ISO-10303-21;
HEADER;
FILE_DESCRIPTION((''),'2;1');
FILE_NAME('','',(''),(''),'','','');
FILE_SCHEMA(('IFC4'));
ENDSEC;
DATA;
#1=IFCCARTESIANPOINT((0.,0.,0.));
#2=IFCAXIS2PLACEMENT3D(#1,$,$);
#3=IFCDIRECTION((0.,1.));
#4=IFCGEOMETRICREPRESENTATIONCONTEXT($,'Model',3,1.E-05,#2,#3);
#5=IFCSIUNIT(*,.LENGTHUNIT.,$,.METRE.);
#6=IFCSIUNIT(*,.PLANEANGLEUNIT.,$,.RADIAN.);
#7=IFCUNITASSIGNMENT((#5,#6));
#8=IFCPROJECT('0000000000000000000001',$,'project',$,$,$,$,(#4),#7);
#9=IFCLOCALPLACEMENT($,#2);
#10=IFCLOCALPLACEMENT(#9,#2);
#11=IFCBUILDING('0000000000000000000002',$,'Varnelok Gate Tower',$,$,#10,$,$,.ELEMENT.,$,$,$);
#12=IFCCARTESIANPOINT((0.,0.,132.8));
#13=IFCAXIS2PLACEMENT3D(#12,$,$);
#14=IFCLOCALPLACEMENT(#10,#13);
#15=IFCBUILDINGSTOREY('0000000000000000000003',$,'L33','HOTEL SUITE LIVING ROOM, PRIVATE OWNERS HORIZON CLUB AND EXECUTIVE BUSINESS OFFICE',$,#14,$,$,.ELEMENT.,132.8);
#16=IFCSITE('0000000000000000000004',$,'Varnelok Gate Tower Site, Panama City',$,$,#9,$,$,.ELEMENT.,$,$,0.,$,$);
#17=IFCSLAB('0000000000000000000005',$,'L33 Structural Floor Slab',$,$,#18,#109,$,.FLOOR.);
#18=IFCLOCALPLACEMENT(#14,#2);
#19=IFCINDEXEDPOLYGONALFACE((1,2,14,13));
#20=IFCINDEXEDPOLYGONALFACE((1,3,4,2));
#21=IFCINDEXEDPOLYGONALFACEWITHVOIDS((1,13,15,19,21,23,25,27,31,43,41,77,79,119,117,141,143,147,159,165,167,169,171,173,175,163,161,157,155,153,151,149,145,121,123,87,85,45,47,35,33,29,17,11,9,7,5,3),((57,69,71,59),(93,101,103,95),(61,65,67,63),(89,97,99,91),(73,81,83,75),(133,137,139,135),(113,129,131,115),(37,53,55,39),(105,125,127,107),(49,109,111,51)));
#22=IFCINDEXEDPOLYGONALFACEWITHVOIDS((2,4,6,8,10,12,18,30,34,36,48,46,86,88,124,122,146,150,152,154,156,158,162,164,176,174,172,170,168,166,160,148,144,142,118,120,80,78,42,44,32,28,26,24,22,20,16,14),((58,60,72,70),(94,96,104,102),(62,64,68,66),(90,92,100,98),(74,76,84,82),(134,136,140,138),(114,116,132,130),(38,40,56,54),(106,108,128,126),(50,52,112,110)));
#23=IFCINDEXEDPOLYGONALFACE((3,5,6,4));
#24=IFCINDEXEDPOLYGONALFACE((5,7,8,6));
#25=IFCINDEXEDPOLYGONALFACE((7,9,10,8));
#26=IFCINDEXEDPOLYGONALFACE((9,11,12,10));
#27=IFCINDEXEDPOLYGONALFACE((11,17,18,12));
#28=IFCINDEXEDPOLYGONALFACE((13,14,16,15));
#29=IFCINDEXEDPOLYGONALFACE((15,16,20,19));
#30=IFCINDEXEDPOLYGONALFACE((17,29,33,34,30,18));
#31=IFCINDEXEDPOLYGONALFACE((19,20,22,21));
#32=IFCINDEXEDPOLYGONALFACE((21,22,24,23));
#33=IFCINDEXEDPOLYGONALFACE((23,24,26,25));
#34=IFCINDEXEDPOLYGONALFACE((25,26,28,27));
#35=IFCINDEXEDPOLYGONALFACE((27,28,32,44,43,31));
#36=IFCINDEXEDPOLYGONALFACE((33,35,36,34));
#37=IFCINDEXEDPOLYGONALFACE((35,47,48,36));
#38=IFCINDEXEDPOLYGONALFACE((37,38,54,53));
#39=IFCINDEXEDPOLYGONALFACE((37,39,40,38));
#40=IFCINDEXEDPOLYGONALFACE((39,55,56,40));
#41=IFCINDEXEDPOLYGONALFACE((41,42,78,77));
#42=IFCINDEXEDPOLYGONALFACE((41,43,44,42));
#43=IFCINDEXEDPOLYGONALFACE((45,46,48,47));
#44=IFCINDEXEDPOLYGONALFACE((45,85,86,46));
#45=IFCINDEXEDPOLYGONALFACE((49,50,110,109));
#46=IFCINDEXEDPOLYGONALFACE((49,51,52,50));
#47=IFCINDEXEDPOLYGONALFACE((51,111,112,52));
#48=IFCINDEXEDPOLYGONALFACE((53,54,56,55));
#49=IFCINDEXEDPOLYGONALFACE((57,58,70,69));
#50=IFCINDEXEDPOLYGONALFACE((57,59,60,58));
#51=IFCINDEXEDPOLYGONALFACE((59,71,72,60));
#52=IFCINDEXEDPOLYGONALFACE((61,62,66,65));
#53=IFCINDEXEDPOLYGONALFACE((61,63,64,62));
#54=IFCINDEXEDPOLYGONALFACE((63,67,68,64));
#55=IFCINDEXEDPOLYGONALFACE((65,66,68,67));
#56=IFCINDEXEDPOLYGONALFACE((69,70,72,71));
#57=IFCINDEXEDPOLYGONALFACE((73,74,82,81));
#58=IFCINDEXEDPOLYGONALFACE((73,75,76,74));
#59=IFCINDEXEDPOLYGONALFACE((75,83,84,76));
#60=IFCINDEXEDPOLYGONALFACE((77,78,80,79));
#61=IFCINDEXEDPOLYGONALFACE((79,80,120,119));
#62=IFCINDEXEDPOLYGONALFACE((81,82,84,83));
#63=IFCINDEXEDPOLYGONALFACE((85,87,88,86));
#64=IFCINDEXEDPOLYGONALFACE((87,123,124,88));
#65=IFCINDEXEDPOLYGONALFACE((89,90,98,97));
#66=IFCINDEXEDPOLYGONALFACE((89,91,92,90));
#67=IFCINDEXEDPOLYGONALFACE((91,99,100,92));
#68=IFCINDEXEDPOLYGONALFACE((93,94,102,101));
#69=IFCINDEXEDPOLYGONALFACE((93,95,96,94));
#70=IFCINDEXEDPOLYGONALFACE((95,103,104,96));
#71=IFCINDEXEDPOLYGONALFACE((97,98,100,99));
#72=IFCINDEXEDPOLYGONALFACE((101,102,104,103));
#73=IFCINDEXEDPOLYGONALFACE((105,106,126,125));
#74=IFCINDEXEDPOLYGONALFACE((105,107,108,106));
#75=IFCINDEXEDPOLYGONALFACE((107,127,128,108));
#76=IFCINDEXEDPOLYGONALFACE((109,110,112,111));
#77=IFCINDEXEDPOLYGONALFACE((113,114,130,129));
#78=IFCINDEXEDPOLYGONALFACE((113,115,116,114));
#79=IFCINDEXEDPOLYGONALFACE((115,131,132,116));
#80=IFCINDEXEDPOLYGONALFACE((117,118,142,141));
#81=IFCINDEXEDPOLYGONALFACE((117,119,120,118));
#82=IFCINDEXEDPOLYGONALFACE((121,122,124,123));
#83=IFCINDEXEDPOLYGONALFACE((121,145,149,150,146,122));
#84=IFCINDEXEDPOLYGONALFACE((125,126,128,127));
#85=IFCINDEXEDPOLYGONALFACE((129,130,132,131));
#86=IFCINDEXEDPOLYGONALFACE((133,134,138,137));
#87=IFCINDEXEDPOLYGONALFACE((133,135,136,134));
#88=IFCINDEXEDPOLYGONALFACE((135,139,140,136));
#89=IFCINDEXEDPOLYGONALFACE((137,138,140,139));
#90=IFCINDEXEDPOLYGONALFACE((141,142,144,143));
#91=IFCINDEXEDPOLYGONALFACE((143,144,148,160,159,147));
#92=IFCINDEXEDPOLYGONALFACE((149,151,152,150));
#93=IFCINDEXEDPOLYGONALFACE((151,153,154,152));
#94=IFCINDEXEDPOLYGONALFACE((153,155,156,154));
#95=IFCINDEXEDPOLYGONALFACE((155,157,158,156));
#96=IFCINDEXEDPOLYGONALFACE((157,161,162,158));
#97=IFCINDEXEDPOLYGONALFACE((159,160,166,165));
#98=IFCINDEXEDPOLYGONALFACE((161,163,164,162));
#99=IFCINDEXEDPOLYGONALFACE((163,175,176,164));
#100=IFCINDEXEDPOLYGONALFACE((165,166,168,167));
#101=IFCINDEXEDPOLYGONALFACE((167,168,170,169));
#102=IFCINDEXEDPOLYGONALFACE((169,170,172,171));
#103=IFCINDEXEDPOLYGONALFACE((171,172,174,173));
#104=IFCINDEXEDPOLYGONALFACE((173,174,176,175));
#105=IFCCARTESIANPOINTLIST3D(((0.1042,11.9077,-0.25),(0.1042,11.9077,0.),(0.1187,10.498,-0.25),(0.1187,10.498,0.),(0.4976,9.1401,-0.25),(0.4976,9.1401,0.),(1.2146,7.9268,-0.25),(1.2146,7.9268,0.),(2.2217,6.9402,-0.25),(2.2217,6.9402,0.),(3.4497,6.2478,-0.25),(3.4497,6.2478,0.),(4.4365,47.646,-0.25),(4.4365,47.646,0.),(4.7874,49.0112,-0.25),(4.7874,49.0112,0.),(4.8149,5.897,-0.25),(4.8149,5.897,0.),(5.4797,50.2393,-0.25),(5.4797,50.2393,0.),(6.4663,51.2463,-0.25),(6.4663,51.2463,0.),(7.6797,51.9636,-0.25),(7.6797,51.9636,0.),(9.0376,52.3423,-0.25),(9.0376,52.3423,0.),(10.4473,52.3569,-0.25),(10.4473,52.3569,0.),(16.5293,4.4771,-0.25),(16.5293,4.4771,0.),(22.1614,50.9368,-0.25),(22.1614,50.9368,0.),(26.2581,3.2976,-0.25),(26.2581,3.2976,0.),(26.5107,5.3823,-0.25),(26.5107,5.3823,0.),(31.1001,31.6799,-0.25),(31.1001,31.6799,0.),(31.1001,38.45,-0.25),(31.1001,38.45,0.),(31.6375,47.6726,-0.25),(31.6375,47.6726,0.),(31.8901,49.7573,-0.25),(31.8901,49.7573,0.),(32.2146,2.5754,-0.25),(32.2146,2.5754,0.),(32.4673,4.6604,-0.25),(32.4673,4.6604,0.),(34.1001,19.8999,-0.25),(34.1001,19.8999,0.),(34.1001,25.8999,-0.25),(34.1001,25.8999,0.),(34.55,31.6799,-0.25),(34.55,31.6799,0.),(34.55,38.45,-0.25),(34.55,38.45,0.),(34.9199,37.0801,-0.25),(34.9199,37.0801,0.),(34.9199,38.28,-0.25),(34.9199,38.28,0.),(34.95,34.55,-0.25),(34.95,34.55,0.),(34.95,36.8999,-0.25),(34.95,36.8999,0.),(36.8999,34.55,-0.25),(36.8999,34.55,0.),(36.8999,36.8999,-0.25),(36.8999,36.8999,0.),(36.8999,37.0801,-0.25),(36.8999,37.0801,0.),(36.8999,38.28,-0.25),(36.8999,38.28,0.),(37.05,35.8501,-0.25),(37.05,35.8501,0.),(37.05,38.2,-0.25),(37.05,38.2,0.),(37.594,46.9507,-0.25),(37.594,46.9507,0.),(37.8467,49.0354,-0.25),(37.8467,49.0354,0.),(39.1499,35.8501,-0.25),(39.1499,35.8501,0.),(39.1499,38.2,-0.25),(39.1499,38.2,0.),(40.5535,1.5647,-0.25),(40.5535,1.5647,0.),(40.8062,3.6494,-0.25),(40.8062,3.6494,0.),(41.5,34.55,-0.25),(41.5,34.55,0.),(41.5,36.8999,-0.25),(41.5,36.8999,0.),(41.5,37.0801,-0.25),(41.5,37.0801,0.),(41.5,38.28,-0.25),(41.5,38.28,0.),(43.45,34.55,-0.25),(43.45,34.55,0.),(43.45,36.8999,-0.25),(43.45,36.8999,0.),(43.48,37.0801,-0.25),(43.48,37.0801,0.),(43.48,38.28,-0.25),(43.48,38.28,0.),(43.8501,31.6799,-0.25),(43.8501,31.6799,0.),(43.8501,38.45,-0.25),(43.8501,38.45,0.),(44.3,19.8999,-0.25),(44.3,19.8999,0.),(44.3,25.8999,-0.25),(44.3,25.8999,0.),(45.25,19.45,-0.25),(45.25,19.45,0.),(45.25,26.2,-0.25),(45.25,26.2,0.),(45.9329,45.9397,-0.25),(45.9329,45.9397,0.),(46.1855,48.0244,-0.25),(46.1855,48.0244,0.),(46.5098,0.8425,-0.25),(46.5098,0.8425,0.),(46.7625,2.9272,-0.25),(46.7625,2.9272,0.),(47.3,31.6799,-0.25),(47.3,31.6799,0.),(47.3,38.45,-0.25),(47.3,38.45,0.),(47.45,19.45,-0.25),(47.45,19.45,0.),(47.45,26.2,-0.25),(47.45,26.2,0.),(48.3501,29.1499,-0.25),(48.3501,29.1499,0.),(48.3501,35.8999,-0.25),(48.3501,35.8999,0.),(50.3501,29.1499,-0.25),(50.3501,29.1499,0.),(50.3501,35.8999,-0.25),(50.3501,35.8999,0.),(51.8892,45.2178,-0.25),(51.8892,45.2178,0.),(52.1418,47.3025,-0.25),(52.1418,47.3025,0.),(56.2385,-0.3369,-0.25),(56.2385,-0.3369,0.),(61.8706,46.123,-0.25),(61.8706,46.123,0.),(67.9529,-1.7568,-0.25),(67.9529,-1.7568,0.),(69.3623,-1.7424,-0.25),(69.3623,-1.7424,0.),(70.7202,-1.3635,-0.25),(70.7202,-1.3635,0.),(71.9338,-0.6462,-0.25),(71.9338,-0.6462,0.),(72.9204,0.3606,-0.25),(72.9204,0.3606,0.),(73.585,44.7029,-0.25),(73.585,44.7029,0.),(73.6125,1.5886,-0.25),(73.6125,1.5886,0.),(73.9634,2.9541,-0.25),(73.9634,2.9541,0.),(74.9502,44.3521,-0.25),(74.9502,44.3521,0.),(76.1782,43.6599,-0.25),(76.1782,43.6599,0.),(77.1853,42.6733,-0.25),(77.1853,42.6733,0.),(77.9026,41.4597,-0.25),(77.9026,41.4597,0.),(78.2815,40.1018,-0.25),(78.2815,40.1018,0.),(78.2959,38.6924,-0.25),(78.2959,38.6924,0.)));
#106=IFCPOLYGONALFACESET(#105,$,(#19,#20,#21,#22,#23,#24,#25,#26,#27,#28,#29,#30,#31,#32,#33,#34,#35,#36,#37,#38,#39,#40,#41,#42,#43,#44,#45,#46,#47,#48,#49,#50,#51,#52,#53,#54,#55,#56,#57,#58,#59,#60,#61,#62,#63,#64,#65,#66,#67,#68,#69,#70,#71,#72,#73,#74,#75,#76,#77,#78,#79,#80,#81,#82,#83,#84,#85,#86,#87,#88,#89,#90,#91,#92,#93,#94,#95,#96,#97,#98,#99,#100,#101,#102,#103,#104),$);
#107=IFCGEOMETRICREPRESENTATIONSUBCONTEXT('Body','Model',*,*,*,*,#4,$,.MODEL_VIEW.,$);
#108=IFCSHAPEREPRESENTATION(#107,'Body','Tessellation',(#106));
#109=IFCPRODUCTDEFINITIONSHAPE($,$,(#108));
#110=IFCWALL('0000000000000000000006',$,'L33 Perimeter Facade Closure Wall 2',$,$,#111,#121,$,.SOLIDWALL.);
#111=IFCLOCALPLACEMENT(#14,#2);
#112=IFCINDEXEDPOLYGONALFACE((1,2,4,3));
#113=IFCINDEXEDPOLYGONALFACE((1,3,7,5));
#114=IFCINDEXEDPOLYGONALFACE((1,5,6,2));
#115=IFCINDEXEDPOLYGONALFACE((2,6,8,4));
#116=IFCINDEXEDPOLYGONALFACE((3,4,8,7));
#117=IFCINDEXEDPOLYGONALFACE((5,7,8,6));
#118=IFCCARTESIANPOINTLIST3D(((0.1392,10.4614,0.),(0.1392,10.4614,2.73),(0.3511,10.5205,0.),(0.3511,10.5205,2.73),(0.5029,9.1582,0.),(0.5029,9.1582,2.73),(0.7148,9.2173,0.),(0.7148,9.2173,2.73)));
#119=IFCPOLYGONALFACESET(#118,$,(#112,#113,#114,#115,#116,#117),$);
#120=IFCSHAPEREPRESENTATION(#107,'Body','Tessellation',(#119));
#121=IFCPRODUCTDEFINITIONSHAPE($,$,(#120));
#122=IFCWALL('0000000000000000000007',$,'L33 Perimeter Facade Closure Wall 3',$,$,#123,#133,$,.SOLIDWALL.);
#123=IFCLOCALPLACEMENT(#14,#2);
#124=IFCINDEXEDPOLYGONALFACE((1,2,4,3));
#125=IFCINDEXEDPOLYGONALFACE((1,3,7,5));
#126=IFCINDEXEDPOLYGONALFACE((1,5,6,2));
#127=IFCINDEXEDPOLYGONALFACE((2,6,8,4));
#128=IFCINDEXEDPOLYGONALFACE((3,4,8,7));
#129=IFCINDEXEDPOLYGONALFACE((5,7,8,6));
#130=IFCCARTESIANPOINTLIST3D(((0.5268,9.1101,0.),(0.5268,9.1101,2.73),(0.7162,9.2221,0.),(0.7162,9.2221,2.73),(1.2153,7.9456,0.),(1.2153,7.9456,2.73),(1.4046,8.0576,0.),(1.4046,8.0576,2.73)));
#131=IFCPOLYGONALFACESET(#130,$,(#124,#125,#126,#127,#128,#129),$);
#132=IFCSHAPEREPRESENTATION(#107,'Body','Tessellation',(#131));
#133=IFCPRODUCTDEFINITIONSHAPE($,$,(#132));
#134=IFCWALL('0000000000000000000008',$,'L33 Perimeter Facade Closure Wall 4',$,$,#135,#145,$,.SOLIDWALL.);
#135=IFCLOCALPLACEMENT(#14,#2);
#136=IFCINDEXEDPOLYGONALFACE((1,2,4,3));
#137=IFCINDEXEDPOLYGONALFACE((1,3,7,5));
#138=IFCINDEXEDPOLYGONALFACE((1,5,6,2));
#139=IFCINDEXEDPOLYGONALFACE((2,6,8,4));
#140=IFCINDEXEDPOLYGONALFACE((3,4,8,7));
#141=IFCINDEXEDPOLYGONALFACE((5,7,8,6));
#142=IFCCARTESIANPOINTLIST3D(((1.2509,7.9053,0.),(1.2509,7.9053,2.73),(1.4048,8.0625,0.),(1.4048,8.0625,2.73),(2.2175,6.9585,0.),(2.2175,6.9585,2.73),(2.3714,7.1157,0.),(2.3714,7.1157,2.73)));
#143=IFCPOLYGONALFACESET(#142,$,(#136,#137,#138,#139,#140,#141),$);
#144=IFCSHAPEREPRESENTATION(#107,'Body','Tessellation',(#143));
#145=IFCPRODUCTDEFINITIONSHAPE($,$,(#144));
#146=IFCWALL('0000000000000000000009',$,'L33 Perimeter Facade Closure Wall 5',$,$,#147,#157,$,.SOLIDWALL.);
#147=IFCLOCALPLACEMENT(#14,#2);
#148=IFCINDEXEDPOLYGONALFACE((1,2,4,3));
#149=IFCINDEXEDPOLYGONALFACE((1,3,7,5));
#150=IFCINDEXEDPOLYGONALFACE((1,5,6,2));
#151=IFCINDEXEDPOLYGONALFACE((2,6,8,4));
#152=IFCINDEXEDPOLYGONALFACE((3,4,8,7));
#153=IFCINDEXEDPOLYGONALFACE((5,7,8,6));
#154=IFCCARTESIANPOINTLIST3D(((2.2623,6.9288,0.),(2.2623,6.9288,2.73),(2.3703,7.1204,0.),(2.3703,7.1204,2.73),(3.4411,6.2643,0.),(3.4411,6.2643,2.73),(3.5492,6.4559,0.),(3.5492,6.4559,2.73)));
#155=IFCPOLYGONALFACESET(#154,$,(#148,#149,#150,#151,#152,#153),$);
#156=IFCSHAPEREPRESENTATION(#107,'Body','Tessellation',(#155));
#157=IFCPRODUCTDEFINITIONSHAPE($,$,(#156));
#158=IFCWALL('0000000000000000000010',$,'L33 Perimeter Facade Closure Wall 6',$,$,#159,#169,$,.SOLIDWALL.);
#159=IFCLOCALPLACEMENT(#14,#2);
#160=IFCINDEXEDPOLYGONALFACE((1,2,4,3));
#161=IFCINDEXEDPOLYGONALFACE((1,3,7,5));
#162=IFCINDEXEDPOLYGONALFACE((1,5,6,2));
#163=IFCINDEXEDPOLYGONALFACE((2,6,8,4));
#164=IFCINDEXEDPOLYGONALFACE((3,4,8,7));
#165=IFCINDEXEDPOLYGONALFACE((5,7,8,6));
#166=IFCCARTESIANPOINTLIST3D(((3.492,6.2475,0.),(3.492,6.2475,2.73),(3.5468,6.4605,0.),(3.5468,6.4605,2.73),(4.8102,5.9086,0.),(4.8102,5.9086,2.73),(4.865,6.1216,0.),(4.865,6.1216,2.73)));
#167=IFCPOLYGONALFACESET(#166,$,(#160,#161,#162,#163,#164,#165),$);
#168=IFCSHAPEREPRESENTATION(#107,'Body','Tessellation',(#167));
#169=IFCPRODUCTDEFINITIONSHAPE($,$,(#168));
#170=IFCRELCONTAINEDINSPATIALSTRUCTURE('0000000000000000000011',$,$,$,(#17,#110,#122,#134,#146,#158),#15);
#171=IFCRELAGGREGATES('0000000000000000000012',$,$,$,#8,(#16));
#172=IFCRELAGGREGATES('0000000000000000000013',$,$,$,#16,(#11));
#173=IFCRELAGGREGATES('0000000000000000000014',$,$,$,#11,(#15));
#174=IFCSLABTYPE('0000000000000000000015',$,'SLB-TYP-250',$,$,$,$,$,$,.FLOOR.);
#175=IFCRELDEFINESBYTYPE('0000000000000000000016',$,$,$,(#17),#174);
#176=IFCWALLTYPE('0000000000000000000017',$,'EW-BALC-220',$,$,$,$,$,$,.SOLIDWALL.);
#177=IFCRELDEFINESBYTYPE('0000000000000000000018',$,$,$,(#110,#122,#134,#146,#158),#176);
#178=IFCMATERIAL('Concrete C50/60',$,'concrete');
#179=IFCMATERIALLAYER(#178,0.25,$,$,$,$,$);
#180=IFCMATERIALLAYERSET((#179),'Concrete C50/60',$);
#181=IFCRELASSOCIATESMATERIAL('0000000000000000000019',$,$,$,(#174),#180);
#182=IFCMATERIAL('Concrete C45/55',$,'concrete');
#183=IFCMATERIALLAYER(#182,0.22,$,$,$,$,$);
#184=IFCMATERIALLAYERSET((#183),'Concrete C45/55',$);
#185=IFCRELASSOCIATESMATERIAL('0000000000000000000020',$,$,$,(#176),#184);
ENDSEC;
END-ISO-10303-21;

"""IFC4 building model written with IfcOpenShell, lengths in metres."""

from ifc_helpers import new_model, si_unit, direction, frame, frame_2d, origin, place, context, subcontext, project, spatial, polyline, rectangle, outline, extrude, material, layer, layer_set, type_object, element, save


model = new_model("IFC4")

# Units and contexts
model_context = context("Model", 3, precision=1e-05, world=origin(), true_north=direction((0.0, 1.0)))
body_context = subcontext(model_context, "Body", "Model", "MODEL_VIEW")
ifc_project = project(units=[si_unit("LENGTHUNIT", "METRE"), si_unit("PLANEANGLEUNIT", "RADIAN")], contexts=[model_context])

# Site, building, storey
site_placement = place(None, origin())
site = spatial("IfcSite", under=ifc_project, at=site_placement, Name="Varnelok Gate Tower Site, Panama City", CompositionType="ELEMENT", RefElevation=0.0)
building_placement = place(site_placement, origin())
building = spatial("IfcBuilding", under=site, at=building_placement, Name="Varnelok Gate Tower", CompositionType="ELEMENT")
storey_placement = place(building_placement, frame((0.0, 0.0, 132.8)))
storey = spatial("IfcBuildingStorey", under=building, at=storey_placement, Name="L33", Description="HOTEL SUITE LIVING ROOM, PRIVATE OWNERS HORIZON CLUB AND EXECUTIVE BUSINESS OFFICE", CompositionType="ELEMENT", Elevation=132.8)

# Shared definitions
ifc_material_1 = material(Name="Concrete C45/55", Category="concrete")

# Shared definitions
ifc_material_2 = material(Name="Concrete C50/60", Category="concrete")

# Slab
ifc_layer_1 = layer(ifc_material_2, 0.25)
ifc_layer_set_1 = layer_set([ifc_layer_1], Name="Concrete C50/60")
slab_type_1 = type_object("IfcSlabType", Name="SLB-TYP-250", PredefinedType="FLOOR", material=ifc_layer_set_1)
slab_1_placement = place(storey_placement, frame((0.0, 0.0, -0.25)))
element("IfcSlab", 1, at=slab_1_placement, inside=storey, type_object=slab_type_1, Name="L33 Structural Floor Slab", PredefinedType="FLOOR", context=body_context, shape_type="SweptSolid", body=[
    extrude(outline(polyline([(0.1042, 11.9077), (0.1187, 10.498), (0.4976, 9.1401), (1.2146, 7.9268), (2.2217, 6.9402), (3.4497, 6.2478), (4.8149, 5.897), (16.5293, 4.4771), (26.2581, 3.2976), (26.5107, 5.3823), (32.4673, 4.6604), (32.2146, 2.5754), (40.5535, 1.5647), (40.8062, 3.6494), (46.7625, 2.9272), (46.5098, 0.8425), (56.2385, -0.3369), (67.9529, -1.7568), (69.3623, -1.7424), (70.7202, -1.3635), (71.9338, -0.6462), (72.9204, 0.3606), (73.6125, 1.5886), (73.9634, 2.9541), (78.2959, 38.6924), (78.2815, 40.1018), (77.9026, 41.4597), (77.1853, 42.6733), (76.1782, 43.6599), (74.9502, 44.3521), (73.585, 44.7029), (61.8706, 46.123), (52.1418, 47.3025), (51.8892, 45.2178), (45.9329, 45.9397), (46.1855, 48.0244), (37.8467, 49.0354), (37.594, 46.9507), (31.6375, 47.6726), (31.8901, 49.7573), (22.1614, 50.9368), (10.4473, 52.3569), (9.0376, 52.3423), (7.6797, 51.9636), (6.4663, 51.2463), (5.4797, 50.2393), (4.7874, 49.0112), (4.4365, 47.646), (0.1042, 11.9077)]), holes=[polyline([(34.55, 31.6799), (34.55, 38.45), (31.1001, 38.45), (31.1001, 31.6799), (34.55, 31.6799)]), polyline([(47.3, 31.6799), (47.3, 38.45), (43.8501, 38.45), (43.8501, 31.6799), (47.3, 31.6799)]), polyline([(34.95, 34.55), (36.8999, 34.55), (36.8999, 36.8999), (34.95, 36.8999), (34.95, 34.55)]), polyline([(41.5, 34.55), (43.45, 34.55), (43.45, 36.8999), (41.5, 36.8999), (41.5, 34.55)]), polyline([(37.05, 35.8501), (39.1499, 35.8501), (39.1499, 38.2), (37.05, 38.2), (37.05, 35.8501)]), polyline([(48.3501, 29.1499), (50.3501, 29.1499), (50.3501, 35.8999), (48.3501, 35.8999), (48.3501, 29.1499)]), polyline([(45.25, 19.45), (47.45, 19.45), (47.45, 26.2), (45.25, 26.2), (45.25, 19.45)]), polyline([(34.9199, 37.0801), (36.8999, 37.0801), (36.8999, 38.28), (34.9199, 38.28), (34.9199, 37.0801)]), polyline([(41.5, 37.0801), (43.48, 37.0801), (43.48, 38.28), (41.5, 38.28), (41.5, 37.0801)]), polyline([(34.1001, 19.8999), (44.3, 19.8999), (44.3, 25.8999), (34.1001, 25.8999), (34.1001, 19.8999)])]), origin(), (0.0, 0.0, 1.0), 0.25),
])

# Walls
ifc_layer_2 = layer(ifc_material_1, 0.22)
ifc_layer_set_2 = layer_set([ifc_layer_2], Name="Concrete C45/55")
wall_type_1 = type_object("IfcWallType", Name="EW-BALC-220", PredefinedType="SOLIDWALL", material=ifc_layer_set_2)
wall_1_placement = place(storey_placement, frame((0.2451, 10.491, 0.0), z_axis=(0.0, 0.0, 1.0), x_axis=(0.268853, -0.963181, 0.0)))
element("IfcWall", 2, at=wall_1_placement, inside=storey, type_object=wall_type_1, Name="L33 Perimeter Facade Closure Wall 2", PredefinedType="SOLIDWALL", context=body_context, shape_type="SweptSolid", body=[
    extrude(rectangle(XDim=1.353, YDim=0.22, at=frame_2d((0.6765, 0.0))), origin(), (0.0, 0.0, 1.0), 2.73),
])
wall_2_placement = place(storey_placement, frame((0.6216, 9.166, 0.0), z_axis=(0.0, 0.0, 1.0), x_axis=(0.508912, -0.860819, 0.0)))
element("IfcWall", 3, at=wall_2_placement, inside=storey, type_object=wall_type_1, Name="L33 Perimeter Facade Closure Wall 3", PredefinedType="SOLIDWALL", context=body_context, shape_type="SweptSolid", body=[
    extrude(rectangle(XDim=1.3528, YDim=0.22, at=frame_2d((0.6763, 0.0))), origin(), (0.0, 0.0, 1.0), 2.73),
])
wall_3_placement = place(storey_placement, frame((1.3279, 7.9839, 0.0), z_axis=(0.0, 0.0, 1.0), x_axis=(0.714377, -0.699761, 0.0)))
element("IfcWall", 4, at=wall_3_placement, inside=storey, type_object=wall_type_1, Name="L33 Perimeter Facade Closure Wall 4", PredefinedType="SOLIDWALL", context=body_context, shape_type="SweptSolid", body=[
    extrude(rectangle(XDim=1.353, YDim=0.22, at=frame_2d((0.6765, 0.0))), origin(), (0.0, 0.0, 1.0), 2.73),
])
wall_4_placement = place(storey_placement, frame((2.3162, 7.0247, 0.0), z_axis=(0.0, 0.0, 1.0), x_axis=(0.871137, -0.49104, 0.0)))
element("IfcWall", 5, at=wall_4_placement, inside=storey, type_object=wall_type_1, Name="L33 Perimeter Facade Closure Wall 5", PredefinedType="SOLIDWALL", context=body_context, shape_type="SweptSolid", body=[
    extrude(rectangle(XDim=1.3533, YDim=0.22, at=frame_2d((0.6768, 0.0))), origin(), (0.0, 0.0, 1.0), 2.73),
])
wall_5_placement = place(storey_placement, frame((3.5193, 6.354, 0.0), z_axis=(0.0, 0.0, 1.0), x_axis=(0.968507, -0.248988, 0.0)))
element("IfcWall", 6, at=wall_5_placement, inside=storey, type_object=wall_type_1, Name="L33 Perimeter Facade Closure Wall 6", PredefinedType="SOLIDWALL", context=body_context, shape_type="SweptSolid", body=[
    extrude(rectangle(XDim=1.3611, YDim=0.22, at=frame_2d((0.6807, 0.0))), origin(), (0.0, 0.0, 1.0), 2.73),
])

save(model, "model.ifc")
